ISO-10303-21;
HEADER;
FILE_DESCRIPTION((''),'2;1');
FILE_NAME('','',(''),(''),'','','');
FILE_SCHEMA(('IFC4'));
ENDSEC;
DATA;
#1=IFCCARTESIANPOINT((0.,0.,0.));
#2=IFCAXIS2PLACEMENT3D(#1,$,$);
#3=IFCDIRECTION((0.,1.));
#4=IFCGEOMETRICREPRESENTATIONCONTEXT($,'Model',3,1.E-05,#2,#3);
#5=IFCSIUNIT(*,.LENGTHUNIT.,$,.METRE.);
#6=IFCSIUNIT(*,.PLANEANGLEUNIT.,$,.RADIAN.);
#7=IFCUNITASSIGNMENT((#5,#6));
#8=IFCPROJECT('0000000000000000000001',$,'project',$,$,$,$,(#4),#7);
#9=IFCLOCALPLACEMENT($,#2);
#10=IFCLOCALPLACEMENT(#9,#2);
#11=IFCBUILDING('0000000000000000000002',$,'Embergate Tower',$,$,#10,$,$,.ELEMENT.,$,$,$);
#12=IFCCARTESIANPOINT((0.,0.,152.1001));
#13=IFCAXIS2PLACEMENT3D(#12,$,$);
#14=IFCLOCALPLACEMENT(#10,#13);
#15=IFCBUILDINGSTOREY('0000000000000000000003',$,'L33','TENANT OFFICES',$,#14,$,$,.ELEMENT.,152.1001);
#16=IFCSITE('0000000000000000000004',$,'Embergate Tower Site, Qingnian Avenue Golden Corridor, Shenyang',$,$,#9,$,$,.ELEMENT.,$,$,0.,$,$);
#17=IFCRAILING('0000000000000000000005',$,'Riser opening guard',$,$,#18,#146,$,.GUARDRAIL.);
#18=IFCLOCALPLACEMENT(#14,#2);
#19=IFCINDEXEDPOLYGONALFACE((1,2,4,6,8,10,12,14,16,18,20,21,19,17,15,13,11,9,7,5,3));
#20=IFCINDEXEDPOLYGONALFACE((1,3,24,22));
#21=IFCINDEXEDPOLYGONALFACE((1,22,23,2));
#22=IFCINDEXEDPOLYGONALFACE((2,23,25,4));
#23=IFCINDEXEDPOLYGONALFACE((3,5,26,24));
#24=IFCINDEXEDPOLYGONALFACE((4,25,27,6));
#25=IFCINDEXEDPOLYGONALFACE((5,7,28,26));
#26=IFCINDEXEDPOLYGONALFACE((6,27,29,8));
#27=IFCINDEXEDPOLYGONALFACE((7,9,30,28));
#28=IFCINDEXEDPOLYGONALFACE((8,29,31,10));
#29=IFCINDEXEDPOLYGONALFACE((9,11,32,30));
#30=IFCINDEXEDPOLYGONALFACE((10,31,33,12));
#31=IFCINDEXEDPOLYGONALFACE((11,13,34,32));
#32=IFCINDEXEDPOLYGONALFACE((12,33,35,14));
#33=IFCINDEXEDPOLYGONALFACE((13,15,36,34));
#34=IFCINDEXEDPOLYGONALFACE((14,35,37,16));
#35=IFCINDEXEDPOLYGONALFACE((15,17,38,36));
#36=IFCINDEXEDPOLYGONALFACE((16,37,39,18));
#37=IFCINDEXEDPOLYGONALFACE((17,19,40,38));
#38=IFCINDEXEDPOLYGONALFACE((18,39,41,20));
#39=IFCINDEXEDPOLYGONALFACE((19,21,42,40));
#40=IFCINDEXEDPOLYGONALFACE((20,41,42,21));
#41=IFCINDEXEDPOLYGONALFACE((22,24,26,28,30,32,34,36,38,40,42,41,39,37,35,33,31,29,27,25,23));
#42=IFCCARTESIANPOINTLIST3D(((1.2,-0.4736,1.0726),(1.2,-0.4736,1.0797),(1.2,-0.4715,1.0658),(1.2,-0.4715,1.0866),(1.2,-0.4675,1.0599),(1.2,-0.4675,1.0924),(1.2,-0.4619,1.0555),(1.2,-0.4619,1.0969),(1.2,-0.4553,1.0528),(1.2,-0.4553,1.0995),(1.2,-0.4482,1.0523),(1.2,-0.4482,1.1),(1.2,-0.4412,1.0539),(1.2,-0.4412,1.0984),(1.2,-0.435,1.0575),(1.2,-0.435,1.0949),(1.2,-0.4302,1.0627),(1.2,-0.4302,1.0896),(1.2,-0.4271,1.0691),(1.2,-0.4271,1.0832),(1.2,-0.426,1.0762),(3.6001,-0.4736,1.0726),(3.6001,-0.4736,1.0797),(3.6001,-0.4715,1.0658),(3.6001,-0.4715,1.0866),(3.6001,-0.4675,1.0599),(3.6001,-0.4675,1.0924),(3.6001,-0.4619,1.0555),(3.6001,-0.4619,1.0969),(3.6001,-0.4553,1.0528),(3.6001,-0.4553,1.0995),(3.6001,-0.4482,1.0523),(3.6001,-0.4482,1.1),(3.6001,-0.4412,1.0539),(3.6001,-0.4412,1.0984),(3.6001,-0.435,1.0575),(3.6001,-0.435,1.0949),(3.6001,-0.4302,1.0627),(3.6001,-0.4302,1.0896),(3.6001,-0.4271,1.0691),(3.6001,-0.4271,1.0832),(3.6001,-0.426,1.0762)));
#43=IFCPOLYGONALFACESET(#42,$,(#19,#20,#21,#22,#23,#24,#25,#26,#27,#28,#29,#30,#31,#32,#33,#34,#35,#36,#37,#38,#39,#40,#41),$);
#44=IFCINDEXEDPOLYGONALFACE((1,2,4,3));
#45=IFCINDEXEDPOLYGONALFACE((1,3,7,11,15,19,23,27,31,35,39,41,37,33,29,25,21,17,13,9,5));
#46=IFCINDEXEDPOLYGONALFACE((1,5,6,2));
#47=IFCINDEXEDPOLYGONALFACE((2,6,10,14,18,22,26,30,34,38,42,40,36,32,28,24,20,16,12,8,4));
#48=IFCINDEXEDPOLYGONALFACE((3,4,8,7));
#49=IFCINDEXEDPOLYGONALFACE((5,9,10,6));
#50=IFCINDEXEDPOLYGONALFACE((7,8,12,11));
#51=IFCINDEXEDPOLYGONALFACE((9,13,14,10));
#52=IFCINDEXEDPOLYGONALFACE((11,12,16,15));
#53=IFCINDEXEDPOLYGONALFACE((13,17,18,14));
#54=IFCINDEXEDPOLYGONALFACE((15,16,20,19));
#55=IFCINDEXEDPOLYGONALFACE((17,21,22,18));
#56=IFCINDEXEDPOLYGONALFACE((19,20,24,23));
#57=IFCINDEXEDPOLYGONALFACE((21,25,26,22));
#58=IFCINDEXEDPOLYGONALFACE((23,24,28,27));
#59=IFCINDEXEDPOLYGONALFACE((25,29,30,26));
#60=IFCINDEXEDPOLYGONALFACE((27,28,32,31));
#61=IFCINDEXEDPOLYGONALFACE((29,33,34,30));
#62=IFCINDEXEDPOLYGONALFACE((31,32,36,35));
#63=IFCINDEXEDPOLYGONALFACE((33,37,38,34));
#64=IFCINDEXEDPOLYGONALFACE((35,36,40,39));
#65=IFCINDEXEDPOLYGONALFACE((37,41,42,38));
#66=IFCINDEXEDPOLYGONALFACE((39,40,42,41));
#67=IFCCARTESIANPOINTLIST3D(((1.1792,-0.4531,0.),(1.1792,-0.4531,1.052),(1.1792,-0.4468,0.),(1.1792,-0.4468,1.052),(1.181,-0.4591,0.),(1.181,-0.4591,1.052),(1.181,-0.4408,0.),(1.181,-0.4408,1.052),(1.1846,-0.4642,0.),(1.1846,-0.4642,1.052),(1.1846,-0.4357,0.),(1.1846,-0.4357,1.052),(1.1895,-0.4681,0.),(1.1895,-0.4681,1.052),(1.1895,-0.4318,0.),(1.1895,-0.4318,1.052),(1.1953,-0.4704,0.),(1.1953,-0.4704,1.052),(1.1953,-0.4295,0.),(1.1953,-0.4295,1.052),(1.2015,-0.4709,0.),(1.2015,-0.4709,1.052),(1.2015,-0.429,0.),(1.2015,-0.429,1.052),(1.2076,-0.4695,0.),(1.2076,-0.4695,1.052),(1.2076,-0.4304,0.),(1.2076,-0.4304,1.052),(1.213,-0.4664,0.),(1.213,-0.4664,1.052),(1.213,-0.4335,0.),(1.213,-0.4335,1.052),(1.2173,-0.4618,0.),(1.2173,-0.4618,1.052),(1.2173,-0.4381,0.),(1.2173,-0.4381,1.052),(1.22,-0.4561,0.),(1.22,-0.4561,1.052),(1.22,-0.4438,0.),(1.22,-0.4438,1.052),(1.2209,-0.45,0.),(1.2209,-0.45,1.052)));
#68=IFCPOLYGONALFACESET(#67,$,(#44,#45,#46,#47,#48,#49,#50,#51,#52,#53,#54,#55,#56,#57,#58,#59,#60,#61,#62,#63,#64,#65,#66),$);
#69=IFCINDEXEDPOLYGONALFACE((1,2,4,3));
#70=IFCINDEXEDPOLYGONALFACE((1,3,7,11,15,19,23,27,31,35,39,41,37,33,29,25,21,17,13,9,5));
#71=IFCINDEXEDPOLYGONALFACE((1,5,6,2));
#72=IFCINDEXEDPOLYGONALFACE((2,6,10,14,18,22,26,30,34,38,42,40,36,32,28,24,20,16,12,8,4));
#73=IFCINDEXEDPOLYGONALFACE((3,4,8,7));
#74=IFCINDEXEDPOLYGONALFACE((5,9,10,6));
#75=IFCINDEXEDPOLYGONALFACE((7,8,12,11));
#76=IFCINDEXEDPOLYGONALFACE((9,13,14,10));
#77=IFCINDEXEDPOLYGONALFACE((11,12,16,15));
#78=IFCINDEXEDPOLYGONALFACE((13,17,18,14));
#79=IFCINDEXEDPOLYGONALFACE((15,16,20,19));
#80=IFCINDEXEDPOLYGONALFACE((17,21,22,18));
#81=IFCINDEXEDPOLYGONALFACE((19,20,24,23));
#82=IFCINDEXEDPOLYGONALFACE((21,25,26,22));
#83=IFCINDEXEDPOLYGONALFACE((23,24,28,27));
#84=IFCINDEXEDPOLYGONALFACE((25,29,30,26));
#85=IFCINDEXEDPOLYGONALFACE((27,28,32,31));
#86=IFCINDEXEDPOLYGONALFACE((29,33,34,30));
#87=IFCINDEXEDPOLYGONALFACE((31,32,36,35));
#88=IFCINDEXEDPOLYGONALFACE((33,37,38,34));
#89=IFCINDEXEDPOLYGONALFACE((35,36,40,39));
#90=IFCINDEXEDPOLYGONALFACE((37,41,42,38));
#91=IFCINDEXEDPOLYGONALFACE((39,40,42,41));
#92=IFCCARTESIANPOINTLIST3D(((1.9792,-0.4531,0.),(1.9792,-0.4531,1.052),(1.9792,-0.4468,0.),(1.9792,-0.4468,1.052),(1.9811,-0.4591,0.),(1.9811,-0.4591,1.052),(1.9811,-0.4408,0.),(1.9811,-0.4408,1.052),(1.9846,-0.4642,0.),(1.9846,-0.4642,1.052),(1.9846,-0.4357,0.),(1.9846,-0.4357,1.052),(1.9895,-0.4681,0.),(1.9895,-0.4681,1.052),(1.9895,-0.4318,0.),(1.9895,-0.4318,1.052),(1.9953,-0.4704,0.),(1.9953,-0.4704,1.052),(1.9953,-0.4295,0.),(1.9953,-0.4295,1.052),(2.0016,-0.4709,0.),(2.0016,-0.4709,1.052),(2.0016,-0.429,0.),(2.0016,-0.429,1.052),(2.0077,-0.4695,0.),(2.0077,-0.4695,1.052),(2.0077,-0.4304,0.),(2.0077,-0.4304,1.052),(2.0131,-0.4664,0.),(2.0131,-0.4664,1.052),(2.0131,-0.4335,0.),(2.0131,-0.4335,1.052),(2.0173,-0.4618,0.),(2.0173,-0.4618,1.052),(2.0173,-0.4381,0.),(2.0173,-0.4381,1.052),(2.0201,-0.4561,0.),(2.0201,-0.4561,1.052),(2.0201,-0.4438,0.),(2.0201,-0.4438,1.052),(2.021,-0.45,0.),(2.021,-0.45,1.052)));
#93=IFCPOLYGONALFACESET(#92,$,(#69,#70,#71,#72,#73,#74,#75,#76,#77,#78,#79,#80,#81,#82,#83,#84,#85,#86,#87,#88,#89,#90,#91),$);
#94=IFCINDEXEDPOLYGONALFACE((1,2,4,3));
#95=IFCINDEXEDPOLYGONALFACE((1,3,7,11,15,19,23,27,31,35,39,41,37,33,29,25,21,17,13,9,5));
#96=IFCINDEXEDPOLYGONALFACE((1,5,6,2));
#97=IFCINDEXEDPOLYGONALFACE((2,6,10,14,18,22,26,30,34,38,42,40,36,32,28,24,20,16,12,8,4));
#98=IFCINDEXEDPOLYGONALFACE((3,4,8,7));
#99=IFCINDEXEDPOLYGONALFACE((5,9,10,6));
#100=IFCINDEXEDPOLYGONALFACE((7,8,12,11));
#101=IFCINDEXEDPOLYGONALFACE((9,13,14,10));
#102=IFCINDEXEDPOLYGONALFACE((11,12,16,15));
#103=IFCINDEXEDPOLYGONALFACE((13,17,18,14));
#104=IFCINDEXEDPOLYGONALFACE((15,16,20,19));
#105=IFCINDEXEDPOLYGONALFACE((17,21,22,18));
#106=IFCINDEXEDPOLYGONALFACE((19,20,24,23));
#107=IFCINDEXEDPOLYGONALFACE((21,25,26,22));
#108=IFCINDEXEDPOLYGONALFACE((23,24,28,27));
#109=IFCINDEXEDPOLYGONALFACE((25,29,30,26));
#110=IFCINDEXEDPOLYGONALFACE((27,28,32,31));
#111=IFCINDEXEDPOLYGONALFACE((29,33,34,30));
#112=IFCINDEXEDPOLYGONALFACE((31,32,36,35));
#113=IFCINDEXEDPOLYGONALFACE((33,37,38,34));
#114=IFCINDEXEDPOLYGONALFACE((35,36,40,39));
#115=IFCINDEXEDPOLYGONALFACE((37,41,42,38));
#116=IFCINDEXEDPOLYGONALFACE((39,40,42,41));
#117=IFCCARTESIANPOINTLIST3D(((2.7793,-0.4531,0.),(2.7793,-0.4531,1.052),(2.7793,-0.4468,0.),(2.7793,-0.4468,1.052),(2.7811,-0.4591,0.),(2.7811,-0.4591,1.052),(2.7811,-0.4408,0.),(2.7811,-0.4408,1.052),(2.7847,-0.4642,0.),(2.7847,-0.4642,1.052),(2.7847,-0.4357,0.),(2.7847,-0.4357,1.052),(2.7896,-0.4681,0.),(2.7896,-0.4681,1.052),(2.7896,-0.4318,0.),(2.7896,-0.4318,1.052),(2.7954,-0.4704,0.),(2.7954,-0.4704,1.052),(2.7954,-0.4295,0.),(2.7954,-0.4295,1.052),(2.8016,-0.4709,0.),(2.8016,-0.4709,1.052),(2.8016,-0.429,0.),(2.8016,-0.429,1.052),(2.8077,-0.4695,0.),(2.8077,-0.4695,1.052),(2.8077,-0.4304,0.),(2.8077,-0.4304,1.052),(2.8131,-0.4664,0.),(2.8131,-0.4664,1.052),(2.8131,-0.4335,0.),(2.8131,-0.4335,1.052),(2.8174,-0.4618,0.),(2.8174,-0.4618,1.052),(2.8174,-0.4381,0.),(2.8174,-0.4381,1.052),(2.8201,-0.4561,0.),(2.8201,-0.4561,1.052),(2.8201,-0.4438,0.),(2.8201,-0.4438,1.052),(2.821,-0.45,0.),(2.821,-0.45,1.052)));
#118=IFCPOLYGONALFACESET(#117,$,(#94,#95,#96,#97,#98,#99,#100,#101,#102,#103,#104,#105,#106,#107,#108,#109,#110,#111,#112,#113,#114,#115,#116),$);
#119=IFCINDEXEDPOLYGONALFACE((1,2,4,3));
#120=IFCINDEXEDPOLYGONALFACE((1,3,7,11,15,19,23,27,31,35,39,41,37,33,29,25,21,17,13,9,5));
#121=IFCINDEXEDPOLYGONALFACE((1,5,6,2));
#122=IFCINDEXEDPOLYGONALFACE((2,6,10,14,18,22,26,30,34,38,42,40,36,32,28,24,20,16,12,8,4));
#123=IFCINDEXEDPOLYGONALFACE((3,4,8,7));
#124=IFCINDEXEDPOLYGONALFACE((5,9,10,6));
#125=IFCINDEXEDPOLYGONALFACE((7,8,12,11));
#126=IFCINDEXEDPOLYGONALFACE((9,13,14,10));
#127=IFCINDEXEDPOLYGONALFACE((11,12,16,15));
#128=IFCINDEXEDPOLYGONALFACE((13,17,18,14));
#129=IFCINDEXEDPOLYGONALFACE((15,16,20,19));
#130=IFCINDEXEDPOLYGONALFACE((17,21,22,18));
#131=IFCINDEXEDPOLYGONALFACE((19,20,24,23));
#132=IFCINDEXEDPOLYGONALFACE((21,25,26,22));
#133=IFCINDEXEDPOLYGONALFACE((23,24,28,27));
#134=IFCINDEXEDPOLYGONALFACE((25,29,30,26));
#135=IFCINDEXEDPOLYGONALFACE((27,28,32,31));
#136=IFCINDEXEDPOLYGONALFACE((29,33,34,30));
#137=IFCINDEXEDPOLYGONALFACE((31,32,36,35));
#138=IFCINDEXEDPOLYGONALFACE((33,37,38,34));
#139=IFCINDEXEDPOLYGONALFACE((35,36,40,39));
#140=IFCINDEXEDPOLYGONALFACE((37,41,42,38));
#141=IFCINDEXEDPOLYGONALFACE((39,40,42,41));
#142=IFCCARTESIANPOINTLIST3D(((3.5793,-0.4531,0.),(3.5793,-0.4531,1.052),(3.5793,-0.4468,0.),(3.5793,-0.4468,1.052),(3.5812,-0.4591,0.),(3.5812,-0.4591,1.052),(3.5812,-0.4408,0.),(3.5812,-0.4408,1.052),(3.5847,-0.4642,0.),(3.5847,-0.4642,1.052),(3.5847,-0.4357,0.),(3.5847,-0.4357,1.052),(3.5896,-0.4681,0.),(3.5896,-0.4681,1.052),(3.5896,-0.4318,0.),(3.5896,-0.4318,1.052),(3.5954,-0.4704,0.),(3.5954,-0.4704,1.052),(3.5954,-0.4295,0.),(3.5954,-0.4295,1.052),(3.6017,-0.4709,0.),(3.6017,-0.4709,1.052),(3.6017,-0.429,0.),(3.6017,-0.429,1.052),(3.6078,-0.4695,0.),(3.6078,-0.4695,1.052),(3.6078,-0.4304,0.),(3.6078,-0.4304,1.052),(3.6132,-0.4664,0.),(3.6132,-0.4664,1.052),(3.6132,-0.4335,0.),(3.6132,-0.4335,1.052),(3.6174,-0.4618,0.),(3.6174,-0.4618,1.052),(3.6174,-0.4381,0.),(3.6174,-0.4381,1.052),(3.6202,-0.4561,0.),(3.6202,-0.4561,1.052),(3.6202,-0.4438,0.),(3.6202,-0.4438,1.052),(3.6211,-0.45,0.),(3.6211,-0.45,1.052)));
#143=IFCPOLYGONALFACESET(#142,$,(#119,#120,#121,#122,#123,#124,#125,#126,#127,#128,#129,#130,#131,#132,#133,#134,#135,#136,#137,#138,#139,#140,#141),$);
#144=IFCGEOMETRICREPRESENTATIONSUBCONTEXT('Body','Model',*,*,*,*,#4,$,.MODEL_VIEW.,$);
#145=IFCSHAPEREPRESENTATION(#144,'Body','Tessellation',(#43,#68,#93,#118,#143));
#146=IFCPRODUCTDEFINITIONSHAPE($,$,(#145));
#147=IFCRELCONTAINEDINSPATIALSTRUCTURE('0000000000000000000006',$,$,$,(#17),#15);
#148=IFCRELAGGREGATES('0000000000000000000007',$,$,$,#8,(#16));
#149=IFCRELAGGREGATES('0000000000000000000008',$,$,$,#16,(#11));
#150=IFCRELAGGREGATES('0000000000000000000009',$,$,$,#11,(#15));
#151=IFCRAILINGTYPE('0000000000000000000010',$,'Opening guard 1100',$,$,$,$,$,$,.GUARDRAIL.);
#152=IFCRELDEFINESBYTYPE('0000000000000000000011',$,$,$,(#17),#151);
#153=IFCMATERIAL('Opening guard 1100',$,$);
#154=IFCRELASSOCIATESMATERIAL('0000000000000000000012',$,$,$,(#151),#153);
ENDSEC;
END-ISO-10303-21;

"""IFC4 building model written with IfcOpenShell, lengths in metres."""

from ifc_helpers import new_model, si_unit, direction, frame, origin, origin_2d, place, context, subcontext, project, spatial, circle, extrude, source, transform, mapped, material, type_object, element, save


model = new_model("IFC4")

# Units and contexts
model_context = context("Model", 3, precision=1e-05, world=origin(), true_north=direction((0.0, 1.0)))
body_context = subcontext(model_context, "Body", "Model", "MODEL_VIEW")
ifc_project = project(units=[si_unit("LENGTHUNIT", "METRE"), si_unit("PLANEANGLEUNIT", "RADIAN")], contexts=[model_context])

# Site, building, storey
site_placement = place(None, origin())
site = spatial("IfcSite", under=ifc_project, at=site_placement, Name="Embergate Tower Site, Qingnian Avenue Golden Corridor, Shenyang", CompositionType="ELEMENT", RefElevation=0.0)
building_placement = place(site_placement, origin())
building = spatial("IfcBuilding", under=site, at=building_placement, Name="Embergate Tower", CompositionType="ELEMENT")
storey_placement = place(building_placement, frame((0.0, 0.0, 152.1001)))
storey = spatial("IfcBuildingStorey", under=building, at=storey_placement, Name="L33", Description="TENANT OFFICES", CompositionType="ELEMENT", Elevation=152.1001)

# Railing
ifc_material_1 = material(Name="Opening guard 1100")
railing_type_1 = type_object("IfcRailingType", Name="Opening guard 1100", PredefinedType="GUARDRAIL", material=ifc_material_1)
shared_shape_1 = source(origin(), body_context, "Body", "SweptSolid", [
    extrude(circle(Radius=0.0239, at=origin_2d()), frame((0.0, 0.0, 1.0762), z_axis=(1.0, 0.0, 0.0), x_axis=(0.0, 1.0, 0.0)), (0.0, 0.0, 1.0), 2.4001),
    extrude(circle(Radius=0.021, at=origin_2d()), origin(), (0.0, 0.0, 1.0), 1.052),
    extrude(circle(Radius=0.021, at=origin_2d()), frame((0.8, 0.0, 0.0)), (0.0, 0.0, 1.0), 1.052),
    extrude(circle(Radius=0.021, at=origin_2d()), frame((1.6001, 0.0, 0.0)), (0.0, 0.0, 1.0), 1.052),
    extrude(circle(Radius=0.021, at=origin_2d()), frame((2.4001, 0.0, 0.0)), (0.0, 0.0, 1.0), 1.052),
])
railing_1_placement = place(storey_placement, frame((1.2, -0.45, 0.0)))
element("IfcRailing", 1, at=railing_1_placement, inside=storey, type_object=railing_type_1, Name="Riser opening guard", PredefinedType="GUARDRAIL", context=body_context, shape_type="MappedRepresentation", body=[
    mapped(shared_shape_1, transform((0.0, 0.0, 0.0))),
])

save(model, "model.ifc")
